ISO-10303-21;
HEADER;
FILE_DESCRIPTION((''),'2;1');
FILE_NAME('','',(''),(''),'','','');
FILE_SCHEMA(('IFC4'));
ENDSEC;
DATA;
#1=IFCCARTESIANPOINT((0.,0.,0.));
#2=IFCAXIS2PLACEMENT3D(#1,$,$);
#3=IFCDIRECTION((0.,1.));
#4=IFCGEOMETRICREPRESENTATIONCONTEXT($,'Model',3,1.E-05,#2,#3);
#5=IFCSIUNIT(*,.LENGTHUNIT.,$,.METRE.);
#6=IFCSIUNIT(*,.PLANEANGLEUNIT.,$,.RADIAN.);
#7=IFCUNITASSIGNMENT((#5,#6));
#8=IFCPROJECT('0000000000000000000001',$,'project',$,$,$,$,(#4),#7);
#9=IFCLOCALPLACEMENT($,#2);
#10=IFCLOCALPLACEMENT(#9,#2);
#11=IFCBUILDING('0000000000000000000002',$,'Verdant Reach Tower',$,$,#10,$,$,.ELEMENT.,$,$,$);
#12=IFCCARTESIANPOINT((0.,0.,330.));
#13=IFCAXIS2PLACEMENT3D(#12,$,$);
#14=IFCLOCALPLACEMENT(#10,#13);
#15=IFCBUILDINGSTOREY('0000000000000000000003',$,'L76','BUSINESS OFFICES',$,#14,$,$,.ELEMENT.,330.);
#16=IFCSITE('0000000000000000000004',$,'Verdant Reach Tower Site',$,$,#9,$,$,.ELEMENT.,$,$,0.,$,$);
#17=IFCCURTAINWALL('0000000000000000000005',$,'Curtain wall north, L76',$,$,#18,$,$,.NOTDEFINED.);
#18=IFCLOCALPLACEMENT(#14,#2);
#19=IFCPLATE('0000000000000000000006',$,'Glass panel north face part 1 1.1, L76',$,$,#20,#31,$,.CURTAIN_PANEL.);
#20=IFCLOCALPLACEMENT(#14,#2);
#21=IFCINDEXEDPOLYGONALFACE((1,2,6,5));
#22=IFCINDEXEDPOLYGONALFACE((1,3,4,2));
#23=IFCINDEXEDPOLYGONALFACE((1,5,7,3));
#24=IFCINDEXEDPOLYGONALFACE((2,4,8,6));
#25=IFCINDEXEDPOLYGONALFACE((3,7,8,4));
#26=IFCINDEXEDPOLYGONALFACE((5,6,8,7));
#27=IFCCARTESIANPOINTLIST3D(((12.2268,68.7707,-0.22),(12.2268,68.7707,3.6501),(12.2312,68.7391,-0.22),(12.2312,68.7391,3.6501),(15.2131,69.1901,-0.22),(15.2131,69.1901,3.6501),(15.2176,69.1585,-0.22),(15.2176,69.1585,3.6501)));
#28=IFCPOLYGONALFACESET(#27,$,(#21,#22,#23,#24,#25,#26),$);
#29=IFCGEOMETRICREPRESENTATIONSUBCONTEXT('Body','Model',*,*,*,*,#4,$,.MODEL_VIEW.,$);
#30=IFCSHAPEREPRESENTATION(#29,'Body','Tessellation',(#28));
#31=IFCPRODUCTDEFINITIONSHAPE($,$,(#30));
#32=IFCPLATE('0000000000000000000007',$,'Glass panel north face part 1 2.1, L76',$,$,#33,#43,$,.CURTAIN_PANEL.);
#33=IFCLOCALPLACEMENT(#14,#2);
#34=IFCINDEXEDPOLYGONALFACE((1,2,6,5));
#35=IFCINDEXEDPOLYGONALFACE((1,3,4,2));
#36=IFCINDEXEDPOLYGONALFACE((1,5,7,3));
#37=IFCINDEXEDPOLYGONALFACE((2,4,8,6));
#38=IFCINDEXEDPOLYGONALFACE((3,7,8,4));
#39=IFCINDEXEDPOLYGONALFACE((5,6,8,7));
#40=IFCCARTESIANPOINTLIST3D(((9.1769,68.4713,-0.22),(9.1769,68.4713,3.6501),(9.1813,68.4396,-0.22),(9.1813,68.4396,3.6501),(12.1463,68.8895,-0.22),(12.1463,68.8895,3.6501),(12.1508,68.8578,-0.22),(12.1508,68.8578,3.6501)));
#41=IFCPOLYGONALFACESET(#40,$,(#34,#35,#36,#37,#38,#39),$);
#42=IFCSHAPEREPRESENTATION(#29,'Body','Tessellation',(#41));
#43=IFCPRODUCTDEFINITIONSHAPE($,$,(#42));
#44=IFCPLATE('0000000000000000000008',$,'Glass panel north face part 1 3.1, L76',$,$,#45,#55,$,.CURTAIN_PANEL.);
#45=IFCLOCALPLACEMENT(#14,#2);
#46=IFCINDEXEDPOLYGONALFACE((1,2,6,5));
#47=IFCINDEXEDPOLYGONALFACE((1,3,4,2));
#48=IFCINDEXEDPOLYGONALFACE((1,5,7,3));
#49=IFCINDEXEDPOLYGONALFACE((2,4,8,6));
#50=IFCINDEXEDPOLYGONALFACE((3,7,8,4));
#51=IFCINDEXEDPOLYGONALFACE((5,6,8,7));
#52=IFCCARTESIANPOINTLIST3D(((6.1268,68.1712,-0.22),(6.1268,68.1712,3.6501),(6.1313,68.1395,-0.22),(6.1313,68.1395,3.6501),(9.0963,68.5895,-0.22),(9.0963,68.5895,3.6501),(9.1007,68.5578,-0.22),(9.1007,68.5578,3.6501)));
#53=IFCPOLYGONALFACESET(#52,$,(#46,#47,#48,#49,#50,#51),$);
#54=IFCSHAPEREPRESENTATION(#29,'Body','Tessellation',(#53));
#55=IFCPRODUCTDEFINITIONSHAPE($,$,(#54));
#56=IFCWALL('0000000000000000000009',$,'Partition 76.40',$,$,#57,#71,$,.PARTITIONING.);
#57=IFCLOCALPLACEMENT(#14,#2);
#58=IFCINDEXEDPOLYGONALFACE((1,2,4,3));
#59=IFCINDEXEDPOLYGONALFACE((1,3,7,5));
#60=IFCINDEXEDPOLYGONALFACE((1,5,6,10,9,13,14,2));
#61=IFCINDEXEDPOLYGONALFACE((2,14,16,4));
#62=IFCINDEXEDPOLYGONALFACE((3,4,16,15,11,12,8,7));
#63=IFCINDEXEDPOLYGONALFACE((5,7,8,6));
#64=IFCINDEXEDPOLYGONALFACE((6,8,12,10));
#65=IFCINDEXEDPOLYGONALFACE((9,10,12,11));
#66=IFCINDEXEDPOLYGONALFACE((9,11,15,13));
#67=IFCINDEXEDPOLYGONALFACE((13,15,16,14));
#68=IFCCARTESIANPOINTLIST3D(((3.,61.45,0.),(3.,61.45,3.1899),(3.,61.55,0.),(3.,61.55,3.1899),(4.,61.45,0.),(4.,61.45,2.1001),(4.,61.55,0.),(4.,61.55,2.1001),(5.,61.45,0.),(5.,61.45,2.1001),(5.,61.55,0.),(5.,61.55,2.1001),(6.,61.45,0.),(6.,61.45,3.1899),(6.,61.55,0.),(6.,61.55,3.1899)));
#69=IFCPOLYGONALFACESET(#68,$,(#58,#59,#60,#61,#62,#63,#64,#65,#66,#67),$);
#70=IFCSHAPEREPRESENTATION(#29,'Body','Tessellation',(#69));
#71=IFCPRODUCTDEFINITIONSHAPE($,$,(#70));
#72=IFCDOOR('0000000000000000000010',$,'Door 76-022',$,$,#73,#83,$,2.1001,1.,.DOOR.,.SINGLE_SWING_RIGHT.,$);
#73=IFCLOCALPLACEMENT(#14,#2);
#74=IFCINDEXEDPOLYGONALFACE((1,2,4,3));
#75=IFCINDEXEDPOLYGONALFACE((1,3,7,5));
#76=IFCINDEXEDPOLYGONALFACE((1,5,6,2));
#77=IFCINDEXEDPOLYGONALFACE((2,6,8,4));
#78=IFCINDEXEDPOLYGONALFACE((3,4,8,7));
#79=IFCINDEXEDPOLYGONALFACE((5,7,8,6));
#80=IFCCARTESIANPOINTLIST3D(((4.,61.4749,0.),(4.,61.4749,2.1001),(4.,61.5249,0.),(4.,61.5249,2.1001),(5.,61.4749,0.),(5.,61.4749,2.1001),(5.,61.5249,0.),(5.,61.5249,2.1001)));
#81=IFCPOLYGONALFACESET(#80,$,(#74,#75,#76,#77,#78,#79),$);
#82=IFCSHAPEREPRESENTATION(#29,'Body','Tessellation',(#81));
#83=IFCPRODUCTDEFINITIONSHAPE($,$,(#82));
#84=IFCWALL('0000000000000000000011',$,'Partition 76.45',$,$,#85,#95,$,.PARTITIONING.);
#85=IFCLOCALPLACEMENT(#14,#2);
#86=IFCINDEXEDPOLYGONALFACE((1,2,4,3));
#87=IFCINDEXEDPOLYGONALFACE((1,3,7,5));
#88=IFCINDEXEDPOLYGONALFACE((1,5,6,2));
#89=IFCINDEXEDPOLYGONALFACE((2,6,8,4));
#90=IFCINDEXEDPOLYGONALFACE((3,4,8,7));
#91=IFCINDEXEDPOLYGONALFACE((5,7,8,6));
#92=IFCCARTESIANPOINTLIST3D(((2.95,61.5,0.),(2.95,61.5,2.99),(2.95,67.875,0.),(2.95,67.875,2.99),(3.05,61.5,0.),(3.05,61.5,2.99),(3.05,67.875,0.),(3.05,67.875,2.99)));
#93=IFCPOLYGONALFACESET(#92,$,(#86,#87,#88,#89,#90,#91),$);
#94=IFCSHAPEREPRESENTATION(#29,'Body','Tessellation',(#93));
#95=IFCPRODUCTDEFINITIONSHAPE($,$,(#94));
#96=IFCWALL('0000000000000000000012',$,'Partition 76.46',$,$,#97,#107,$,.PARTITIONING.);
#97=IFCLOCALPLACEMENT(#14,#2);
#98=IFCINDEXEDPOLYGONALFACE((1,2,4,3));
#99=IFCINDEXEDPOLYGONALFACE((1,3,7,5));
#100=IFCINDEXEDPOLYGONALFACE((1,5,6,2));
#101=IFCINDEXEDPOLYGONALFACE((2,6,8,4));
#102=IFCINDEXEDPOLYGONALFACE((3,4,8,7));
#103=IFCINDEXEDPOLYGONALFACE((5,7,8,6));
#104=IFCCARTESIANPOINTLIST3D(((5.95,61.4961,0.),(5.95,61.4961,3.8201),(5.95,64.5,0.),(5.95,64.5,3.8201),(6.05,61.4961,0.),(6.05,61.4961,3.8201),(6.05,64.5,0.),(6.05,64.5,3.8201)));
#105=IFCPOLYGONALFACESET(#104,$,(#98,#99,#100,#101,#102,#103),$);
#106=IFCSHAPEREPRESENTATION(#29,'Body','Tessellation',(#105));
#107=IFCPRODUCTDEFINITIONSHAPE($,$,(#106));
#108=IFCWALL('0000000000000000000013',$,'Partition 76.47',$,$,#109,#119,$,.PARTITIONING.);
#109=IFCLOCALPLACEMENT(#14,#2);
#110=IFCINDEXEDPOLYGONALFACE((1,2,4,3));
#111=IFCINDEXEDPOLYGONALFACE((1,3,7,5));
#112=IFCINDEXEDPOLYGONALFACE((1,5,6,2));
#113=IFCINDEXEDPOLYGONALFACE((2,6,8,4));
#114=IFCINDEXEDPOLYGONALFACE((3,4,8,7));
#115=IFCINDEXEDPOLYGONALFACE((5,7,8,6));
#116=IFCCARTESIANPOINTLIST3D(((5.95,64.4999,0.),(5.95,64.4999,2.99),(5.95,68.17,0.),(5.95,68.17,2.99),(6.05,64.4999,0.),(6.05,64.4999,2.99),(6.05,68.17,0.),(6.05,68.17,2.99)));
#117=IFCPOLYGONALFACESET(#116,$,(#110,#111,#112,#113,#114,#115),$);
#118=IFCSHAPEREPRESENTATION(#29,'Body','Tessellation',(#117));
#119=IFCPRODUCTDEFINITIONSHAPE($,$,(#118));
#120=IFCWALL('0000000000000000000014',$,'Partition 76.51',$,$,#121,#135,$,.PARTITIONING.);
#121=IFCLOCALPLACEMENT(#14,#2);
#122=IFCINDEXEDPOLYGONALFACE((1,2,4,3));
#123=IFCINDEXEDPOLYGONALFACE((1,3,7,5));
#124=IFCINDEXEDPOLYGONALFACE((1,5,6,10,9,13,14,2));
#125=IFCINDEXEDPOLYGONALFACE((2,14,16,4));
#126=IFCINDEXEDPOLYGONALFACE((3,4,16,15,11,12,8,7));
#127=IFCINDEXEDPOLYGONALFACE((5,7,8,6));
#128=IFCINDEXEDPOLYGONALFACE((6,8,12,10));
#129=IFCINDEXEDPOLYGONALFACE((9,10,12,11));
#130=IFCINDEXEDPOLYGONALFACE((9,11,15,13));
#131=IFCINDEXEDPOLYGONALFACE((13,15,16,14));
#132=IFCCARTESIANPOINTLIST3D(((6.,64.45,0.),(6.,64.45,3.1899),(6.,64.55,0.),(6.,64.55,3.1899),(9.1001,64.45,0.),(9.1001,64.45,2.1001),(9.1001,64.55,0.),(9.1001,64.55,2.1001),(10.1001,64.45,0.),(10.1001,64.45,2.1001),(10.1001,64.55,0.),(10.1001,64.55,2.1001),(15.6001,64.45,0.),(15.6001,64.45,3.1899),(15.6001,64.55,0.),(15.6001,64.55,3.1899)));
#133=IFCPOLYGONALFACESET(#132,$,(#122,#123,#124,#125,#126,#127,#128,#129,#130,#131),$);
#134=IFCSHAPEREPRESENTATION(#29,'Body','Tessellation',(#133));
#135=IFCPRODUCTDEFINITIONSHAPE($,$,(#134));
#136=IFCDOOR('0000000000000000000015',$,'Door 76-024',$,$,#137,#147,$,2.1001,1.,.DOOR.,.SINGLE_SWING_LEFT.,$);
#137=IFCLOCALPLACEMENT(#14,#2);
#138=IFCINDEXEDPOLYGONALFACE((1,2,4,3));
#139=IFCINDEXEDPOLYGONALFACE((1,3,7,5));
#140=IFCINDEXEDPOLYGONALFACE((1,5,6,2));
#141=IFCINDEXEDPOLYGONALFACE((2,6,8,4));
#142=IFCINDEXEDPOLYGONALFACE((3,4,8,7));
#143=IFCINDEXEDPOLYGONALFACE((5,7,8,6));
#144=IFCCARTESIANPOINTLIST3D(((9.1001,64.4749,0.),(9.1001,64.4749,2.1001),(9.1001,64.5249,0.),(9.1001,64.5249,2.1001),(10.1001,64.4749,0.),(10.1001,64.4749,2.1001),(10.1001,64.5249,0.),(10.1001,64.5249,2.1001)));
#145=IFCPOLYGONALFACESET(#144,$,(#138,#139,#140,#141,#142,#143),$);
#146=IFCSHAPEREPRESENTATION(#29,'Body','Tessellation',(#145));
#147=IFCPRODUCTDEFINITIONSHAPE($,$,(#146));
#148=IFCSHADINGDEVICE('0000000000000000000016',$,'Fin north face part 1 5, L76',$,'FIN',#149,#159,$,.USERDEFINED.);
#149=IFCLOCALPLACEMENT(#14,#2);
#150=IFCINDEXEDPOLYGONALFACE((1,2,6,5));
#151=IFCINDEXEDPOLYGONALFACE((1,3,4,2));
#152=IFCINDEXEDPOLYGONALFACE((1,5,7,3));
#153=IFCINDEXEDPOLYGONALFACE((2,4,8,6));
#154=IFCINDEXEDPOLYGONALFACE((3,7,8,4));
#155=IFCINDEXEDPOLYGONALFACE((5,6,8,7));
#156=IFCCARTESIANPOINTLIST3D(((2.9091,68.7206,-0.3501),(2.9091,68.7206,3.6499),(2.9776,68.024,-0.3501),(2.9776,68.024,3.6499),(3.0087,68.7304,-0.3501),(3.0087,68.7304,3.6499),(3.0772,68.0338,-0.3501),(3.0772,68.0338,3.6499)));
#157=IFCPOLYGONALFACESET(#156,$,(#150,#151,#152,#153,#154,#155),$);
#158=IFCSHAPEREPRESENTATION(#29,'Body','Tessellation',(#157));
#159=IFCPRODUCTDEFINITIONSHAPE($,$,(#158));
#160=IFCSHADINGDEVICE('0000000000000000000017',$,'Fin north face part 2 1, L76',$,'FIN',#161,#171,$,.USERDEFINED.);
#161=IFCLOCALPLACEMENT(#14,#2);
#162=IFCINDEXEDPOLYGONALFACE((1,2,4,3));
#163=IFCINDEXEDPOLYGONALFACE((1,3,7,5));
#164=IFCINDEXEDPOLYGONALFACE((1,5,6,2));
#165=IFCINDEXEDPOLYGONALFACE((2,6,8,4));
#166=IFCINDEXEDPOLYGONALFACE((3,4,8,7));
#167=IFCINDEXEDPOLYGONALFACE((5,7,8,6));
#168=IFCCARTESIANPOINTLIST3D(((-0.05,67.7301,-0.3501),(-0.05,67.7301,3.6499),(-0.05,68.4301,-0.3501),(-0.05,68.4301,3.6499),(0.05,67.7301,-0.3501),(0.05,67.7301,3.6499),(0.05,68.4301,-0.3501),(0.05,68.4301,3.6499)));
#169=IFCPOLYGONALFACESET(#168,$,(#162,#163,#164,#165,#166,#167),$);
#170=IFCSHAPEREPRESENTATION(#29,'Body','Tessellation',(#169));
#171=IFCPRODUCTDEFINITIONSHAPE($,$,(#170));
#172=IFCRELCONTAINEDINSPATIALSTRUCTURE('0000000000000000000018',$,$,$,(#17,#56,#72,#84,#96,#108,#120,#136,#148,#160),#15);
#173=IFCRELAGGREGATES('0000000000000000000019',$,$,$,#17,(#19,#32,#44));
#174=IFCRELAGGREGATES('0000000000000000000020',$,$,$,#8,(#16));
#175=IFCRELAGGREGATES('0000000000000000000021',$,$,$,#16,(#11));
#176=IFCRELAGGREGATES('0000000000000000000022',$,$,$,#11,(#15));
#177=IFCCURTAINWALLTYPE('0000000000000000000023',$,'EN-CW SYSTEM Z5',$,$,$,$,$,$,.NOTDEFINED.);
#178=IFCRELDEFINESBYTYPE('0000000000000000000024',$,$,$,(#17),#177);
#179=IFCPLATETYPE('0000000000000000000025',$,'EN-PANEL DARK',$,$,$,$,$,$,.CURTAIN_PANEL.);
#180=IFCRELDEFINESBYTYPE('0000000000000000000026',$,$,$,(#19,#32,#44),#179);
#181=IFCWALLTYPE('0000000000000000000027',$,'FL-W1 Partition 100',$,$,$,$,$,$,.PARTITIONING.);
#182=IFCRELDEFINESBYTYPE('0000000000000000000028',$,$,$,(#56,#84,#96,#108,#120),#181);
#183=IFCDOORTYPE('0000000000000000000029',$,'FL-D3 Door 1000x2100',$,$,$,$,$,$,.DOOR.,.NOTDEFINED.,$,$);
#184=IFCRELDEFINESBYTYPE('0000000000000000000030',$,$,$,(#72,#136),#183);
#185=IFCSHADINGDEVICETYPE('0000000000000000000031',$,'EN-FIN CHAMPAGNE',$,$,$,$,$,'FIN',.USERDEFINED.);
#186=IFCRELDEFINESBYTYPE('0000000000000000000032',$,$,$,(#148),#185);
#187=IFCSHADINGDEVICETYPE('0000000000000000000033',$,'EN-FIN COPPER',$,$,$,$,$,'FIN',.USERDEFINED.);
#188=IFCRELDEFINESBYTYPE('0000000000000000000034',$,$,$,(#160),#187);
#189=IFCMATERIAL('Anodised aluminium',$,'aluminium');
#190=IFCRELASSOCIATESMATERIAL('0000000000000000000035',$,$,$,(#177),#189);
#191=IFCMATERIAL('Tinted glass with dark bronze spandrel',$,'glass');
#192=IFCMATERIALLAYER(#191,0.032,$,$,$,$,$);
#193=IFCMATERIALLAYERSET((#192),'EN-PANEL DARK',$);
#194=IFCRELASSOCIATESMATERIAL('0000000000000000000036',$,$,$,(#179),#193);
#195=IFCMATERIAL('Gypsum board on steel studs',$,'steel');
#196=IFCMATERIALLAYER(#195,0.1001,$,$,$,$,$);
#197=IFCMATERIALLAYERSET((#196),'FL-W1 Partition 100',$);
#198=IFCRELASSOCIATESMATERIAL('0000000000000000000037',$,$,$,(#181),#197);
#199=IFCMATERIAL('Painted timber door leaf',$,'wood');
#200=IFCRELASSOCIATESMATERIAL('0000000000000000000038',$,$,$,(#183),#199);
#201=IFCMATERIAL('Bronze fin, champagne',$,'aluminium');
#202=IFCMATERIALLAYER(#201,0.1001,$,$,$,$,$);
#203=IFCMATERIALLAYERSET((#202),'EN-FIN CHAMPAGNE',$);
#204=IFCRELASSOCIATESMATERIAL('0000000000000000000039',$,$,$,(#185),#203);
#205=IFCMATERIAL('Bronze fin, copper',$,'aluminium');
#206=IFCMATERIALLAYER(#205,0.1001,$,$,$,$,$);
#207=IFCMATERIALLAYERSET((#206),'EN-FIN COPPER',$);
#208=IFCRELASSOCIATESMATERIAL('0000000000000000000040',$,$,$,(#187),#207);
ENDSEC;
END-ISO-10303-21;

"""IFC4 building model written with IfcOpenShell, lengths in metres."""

from ifc_helpers import new_model, si_unit, direction, frame, frame_2d, origin, origin_2d, place, context, subcontext, project, spatial, rectangle, extrude, material, layer, layer_set, type_object, element, fill, aggregate, save


model = new_model("IFC4")

# Units and contexts
model_context = context("Model", 3, precision=1e-05, world=origin(), true_north=direction((0.0, 1.0)))
body_context = subcontext(model_context, "Body", "Model", "MODEL_VIEW")
ifc_project = project(units=[si_unit("LENGTHUNIT", "METRE"), si_unit("PLANEANGLEUNIT", "RADIAN")], contexts=[model_context])

# Site, building, storey
site_placement = place(None, origin())
site = spatial("IfcSite", under=ifc_project, at=site_placement, Name="Verdant Reach Tower Site", CompositionType="ELEMENT", RefElevation=0.0)
building_placement = place(site_placement, origin())
building = spatial("IfcBuilding", under=site, at=building_placement, Name="Verdant Reach Tower", CompositionType="ELEMENT")
storey_placement = place(building_placement, frame((0.0, 0.0, 330.0)))
storey = spatial("IfcBuildingStorey", under=building, at=storey_placement, Name="L76", Description="BUSINESS OFFICES", CompositionType="ELEMENT", Elevation=330.0)

# Curtain wall
ifc_material_1 = material(Name="Anodised aluminium", Category="aluminium")
curtain_wall_type = type_object("IfcCurtainWallType", Name="EN-CW SYSTEM Z5", PredefinedType="NOTDEFINED", material=ifc_material_1)
curtain_wall_placement = place(storey_placement, origin())
curtain_wall = element("IfcCurtainWall", 1, at=curtain_wall_placement, inside=storey, type_object=curtain_wall_type, Name="Curtain wall north, L76", PredefinedType="NOTDEFINED")

# Plates
ifc_material_2 = material(Name="Tinted glass with dark bronze spandrel", Category="glass")
ifc_layer_1 = layer(ifc_material_2, 0.032)
ifc_layer_set_1 = layer_set([ifc_layer_1], Name="EN-PANEL DARK")
plate_type_1 = type_object("IfcPlateType", Name="EN-PANEL DARK", PredefinedType="CURTAIN_PANEL", material=ifc_layer_set_1)
plate_1_placement = place(storey_placement, frame((13.7222, 68.9646, -0.22), z_axis=(0.0, 0.0, 1.0), x_axis=(-0.990282, -0.139077, 0.0)))
plate_1 = element("IfcPlate", 2, at=plate_1_placement, type_object=plate_type_1, Name="Glass panel north face part 1 1.1, L76", PredefinedType="CURTAIN_PANEL", context=body_context, shape_type="SweptSolid", body=[
    extrude(rectangle(XDim=3.0156, YDim=0.032, at=origin_2d()), origin(), (0.0, 0.0, 1.0), 3.8701),
])
plate_2_placement = place(storey_placement, frame((10.6638, 68.6646, -0.22), z_axis=(0.0, 0.0, 1.0), x_axis=(-0.990225, -0.139477, 0.0)))
plate_2 = element("IfcPlate", 3, at=plate_2_placement, type_object=plate_type_1, Name="Glass panel north face part 1 2.1, L76", PredefinedType="CURTAIN_PANEL", context=body_context, shape_type="SweptSolid", body=[
    extrude(rectangle(XDim=2.9988, YDim=0.032, at=origin_2d()), origin(), (0.0, 0.0, 1.0), 3.8701),
])
plate_3_placement = place(storey_placement, frame((7.6138, 68.3645, -0.22), z_axis=(0.0, 0.0, 1.0), x_axis=(-0.990225, -0.139477, 0.0)))
plate_3 = element("IfcPlate", 4, at=plate_3_placement, type_object=plate_type_1, Name="Glass panel north face part 1 3.1, L76", PredefinedType="CURTAIN_PANEL", context=body_context, shape_type="SweptSolid", body=[
    extrude(rectangle(XDim=2.9988, YDim=0.032, at=origin_2d()), origin(), (0.0, 0.0, 1.0), 3.8701),
])
aggregate(curtain_wall, [plate_1, plate_2, plate_3])

# Wall, opening, door
ifc_material_3 = material(Name="Gypsum board on steel studs", Category="steel")
ifc_layer_2 = layer(ifc_material_3, 0.1001)
ifc_layer_set_2 = layer_set([ifc_layer_2], Name="FL-W1 Partition 100")
wall_type = type_object("IfcWallType", Name="FL-W1 Partition 100", PredefinedType="PARTITIONING", material=ifc_layer_set_2)
wall_1_placement = place(storey_placement, frame((3.0, 61.5, 0.0), z_axis=(0.0, 0.0, 1.0), x_axis=(1.0, 0.0, 0.0)))
wall_1 = element("IfcWall", 5, at=wall_1_placement, inside=storey, type_object=wall_type, Name="Partition 76.40", PredefinedType="PARTITIONING", context=body_context, shape_type="SweptSolid", body=[
    extrude(rectangle(XDim=3.0, YDim=0.1001, at=frame_2d((1.5, 0.0))), origin(), (0.0, 0.0, 1.0), 3.1899),
])
opening_1_placement = place(wall_1_placement, frame((1.0, 0.0, 0.0)))
opening_1 = element("IfcOpeningElement", 6, at=opening_1_placement, cuts=wall_1, PredefinedType="OPENING", context=body_context, shape_type="SweptSolid", body=[
    extrude(rectangle(XDim=1.0, YDim=2.1001, at=frame_2d((0.5, 1.05))), frame((0.0, 0.0601, 0.0), z_axis=(0.0, -1.0, 0.0), x_axis=(1.0, 0.0, 0.0)), (0.0, 0.0, 1.0), 0.1201),
])
ifc_material_4 = material(Name="Painted timber door leaf", Category="wood")
door_type = type_object("IfcDoorType", Name="FL-D3 Door 1000x2100", OperationType="NOTDEFINED", PredefinedType="DOOR", material=ifc_material_4)
door_1_placement = place(opening_1_placement, origin())
door_1 = element("IfcDoor", 7, at=door_1_placement, inside=storey, type_object=door_type, Name="Door 76-022", OperationType="SINGLE_SWING_RIGHT", OverallHeight=2.1001, OverallWidth=1.0, PredefinedType="DOOR", context=body_context, shape_type="SweptSolid", body=[
    extrude(rectangle(XDim=1.0, YDim=2.1001, at=frame_2d((0.5, 1.05))), frame((0.0, 0.0249, 0.0), z_axis=(0.0, -1.0, 0.0), x_axis=(1.0, 0.0, 0.0)), (0.0, 0.0, 1.0), 0.05),
])
fill(opening_1, door_1)

# Walls
wall_2_placement = place(storey_placement, frame((3.0, 61.5, 0.0), z_axis=(0.0, 0.0, 1.0), x_axis=(0.0, 1.0, 0.0)))
element("IfcWall", 8, at=wall_2_placement, inside=storey, type_object=wall_type, Name="Partition 76.45", PredefinedType="PARTITIONING", context=body_context, shape_type="SweptSolid", body=[
    extrude(rectangle(XDim=6.375, YDim=0.1001, at=frame_2d((3.1875, 0.0))), origin(), (0.0, 0.0, 1.0), 2.99),
])
wall_3_placement = place(storey_placement, frame((6.0, 61.4961, 0.0), z_axis=(0.0, 0.0, 1.0), x_axis=(0.0, 1.0, 0.0)))
element("IfcWall", 9, at=wall_3_placement, inside=storey, type_object=wall_type, Name="Partition 76.46", PredefinedType="PARTITIONING", context=body_context, shape_type="SweptSolid", body=[
    extrude(rectangle(XDim=3.0039, YDim=0.1001, at=frame_2d((1.502, 0.0))), origin(), (0.0, 0.0, 1.0), 3.8201),
])
wall_4_placement = place(storey_placement, frame((6.0, 64.5, 0.0), z_axis=(0.0, 0.0, 1.0), x_axis=(0.0, 1.0, 0.0)))
element("IfcWall", 10, at=wall_4_placement, inside=storey, type_object=wall_type, Name="Partition 76.47", PredefinedType="PARTITIONING", context=body_context, shape_type="SweptSolid", body=[
    extrude(rectangle(XDim=3.6702, YDim=0.1001, at=frame_2d((1.835, 0.0))), origin(), (0.0, 0.0, 1.0), 2.99),
])

# Wall, opening, door
wall_5_placement = place(storey_placement, frame((6.0, 64.5, 0.0), z_axis=(0.0, 0.0, 1.0), x_axis=(1.0, 0.0, 0.0)))
wall_5 = element("IfcWall", 11, at=wall_5_placement, inside=storey, type_object=wall_type, Name="Partition 76.51", PredefinedType="PARTITIONING", context=body_context, shape_type="SweptSolid", body=[
    extrude(rectangle(XDim=9.6001, YDim=0.1001, at=frame_2d((4.8, 0.0))), origin(), (0.0, 0.0, 1.0), 3.1899),
])
opening_2_placement = place(wall_5_placement, frame((3.1001, 0.0, 0.0)))
opening_2 = element("IfcOpeningElement", 12, at=opening_2_placement, cuts=wall_5, PredefinedType="OPENING", context=body_context, shape_type="SweptSolid", body=[
    extrude(rectangle(XDim=1.0, YDim=2.1001, at=frame_2d((0.5, 1.05))), frame((0.0, 0.0601, 0.0), z_axis=(0.0, -1.0, 0.0), x_axis=(1.0, 0.0, 0.0)), (0.0, 0.0, 1.0), 0.1201),
])
door_2_placement = place(opening_2_placement, origin())
door_2 = element("IfcDoor", 13, at=door_2_placement, inside=storey, type_object=door_type, Name="Door 76-024", OperationType="SINGLE_SWING_LEFT", OverallHeight=2.1001, OverallWidth=1.0, PredefinedType="DOOR", context=body_context, shape_type="SweptSolid", body=[
    extrude(rectangle(XDim=1.0, YDim=2.1001, at=frame_2d((0.5, 1.05))), frame((0.0, 0.0249, 0.0), z_axis=(0.0, -1.0, 0.0), x_axis=(1.0, 0.0, 0.0)), (0.0, 0.0, 1.0), 0.05),
])
fill(opening_2, door_2)

# Shading devices
ifc_material_5 = material(Name="Bronze fin, champagne", Category="aluminium")
ifc_layer_3 = layer(ifc_material_5, 0.1001)
ifc_layer_set_3 = layer_set([ifc_layer_3], Name="EN-FIN CHAMPAGNE")
shading_device_type_1 = type_object("IfcShadingDeviceType", Name="EN-FIN CHAMPAGNE", ElementType="FIN", PredefinedType="USERDEFINED", material=ifc_layer_set_3)
shading_device_1_placement = place(storey_placement, frame((2.9932, 68.3772, -0.3501), z_axis=(0.0, 0.0, 1.0), x_axis=(-0.995197, -0.097888, 0.0)))
element("IfcShadingDevice", 14, at=shading_device_1_placement, inside=storey, type_object=shading_device_type_1, Name="Fin north face part 1 5, L76", ObjectType="FIN", PredefinedType="USERDEFINED", context=body_context, shape_type="SweptSolid", body=[
    extrude(rectangle(XDim=0.1001, YDim=0.7, at=origin_2d()), origin(), (0.0, 0.0, 1.0), 4.0),
])
ifc_material_6 = material(Name="Bronze fin, copper", Category="aluminium")
ifc_layer_4 = layer(ifc_material_6, 0.1001)
ifc_layer_set_4 = layer_set([ifc_layer_4], Name="EN-FIN COPPER")
shading_device_type_2 = type_object("IfcShadingDeviceType", Name="EN-FIN COPPER", ElementType="FIN", PredefinedType="USERDEFINED", material=ifc_layer_set_4)
shading_device_2_placement = place(storey_placement, frame((0.0, 68.0801, -0.3501), z_axis=(0.0, 0.0, 1.0), x_axis=(-1.0, 0.0, 0.0)))
element("IfcShadingDevice", 15, at=shading_device_2_placement, inside=storey, type_object=shading_device_type_2, Name="Fin north face part 2 1, L76", ObjectType="FIN", PredefinedType="USERDEFINED", context=body_context, shape_type="SweptSolid", body=[
    extrude(rectangle(XDim=0.1001, YDim=0.7, at=origin_2d()), origin(), (0.0, 0.0, 1.0), 4.0),
])

save(model, "model.ifc")
